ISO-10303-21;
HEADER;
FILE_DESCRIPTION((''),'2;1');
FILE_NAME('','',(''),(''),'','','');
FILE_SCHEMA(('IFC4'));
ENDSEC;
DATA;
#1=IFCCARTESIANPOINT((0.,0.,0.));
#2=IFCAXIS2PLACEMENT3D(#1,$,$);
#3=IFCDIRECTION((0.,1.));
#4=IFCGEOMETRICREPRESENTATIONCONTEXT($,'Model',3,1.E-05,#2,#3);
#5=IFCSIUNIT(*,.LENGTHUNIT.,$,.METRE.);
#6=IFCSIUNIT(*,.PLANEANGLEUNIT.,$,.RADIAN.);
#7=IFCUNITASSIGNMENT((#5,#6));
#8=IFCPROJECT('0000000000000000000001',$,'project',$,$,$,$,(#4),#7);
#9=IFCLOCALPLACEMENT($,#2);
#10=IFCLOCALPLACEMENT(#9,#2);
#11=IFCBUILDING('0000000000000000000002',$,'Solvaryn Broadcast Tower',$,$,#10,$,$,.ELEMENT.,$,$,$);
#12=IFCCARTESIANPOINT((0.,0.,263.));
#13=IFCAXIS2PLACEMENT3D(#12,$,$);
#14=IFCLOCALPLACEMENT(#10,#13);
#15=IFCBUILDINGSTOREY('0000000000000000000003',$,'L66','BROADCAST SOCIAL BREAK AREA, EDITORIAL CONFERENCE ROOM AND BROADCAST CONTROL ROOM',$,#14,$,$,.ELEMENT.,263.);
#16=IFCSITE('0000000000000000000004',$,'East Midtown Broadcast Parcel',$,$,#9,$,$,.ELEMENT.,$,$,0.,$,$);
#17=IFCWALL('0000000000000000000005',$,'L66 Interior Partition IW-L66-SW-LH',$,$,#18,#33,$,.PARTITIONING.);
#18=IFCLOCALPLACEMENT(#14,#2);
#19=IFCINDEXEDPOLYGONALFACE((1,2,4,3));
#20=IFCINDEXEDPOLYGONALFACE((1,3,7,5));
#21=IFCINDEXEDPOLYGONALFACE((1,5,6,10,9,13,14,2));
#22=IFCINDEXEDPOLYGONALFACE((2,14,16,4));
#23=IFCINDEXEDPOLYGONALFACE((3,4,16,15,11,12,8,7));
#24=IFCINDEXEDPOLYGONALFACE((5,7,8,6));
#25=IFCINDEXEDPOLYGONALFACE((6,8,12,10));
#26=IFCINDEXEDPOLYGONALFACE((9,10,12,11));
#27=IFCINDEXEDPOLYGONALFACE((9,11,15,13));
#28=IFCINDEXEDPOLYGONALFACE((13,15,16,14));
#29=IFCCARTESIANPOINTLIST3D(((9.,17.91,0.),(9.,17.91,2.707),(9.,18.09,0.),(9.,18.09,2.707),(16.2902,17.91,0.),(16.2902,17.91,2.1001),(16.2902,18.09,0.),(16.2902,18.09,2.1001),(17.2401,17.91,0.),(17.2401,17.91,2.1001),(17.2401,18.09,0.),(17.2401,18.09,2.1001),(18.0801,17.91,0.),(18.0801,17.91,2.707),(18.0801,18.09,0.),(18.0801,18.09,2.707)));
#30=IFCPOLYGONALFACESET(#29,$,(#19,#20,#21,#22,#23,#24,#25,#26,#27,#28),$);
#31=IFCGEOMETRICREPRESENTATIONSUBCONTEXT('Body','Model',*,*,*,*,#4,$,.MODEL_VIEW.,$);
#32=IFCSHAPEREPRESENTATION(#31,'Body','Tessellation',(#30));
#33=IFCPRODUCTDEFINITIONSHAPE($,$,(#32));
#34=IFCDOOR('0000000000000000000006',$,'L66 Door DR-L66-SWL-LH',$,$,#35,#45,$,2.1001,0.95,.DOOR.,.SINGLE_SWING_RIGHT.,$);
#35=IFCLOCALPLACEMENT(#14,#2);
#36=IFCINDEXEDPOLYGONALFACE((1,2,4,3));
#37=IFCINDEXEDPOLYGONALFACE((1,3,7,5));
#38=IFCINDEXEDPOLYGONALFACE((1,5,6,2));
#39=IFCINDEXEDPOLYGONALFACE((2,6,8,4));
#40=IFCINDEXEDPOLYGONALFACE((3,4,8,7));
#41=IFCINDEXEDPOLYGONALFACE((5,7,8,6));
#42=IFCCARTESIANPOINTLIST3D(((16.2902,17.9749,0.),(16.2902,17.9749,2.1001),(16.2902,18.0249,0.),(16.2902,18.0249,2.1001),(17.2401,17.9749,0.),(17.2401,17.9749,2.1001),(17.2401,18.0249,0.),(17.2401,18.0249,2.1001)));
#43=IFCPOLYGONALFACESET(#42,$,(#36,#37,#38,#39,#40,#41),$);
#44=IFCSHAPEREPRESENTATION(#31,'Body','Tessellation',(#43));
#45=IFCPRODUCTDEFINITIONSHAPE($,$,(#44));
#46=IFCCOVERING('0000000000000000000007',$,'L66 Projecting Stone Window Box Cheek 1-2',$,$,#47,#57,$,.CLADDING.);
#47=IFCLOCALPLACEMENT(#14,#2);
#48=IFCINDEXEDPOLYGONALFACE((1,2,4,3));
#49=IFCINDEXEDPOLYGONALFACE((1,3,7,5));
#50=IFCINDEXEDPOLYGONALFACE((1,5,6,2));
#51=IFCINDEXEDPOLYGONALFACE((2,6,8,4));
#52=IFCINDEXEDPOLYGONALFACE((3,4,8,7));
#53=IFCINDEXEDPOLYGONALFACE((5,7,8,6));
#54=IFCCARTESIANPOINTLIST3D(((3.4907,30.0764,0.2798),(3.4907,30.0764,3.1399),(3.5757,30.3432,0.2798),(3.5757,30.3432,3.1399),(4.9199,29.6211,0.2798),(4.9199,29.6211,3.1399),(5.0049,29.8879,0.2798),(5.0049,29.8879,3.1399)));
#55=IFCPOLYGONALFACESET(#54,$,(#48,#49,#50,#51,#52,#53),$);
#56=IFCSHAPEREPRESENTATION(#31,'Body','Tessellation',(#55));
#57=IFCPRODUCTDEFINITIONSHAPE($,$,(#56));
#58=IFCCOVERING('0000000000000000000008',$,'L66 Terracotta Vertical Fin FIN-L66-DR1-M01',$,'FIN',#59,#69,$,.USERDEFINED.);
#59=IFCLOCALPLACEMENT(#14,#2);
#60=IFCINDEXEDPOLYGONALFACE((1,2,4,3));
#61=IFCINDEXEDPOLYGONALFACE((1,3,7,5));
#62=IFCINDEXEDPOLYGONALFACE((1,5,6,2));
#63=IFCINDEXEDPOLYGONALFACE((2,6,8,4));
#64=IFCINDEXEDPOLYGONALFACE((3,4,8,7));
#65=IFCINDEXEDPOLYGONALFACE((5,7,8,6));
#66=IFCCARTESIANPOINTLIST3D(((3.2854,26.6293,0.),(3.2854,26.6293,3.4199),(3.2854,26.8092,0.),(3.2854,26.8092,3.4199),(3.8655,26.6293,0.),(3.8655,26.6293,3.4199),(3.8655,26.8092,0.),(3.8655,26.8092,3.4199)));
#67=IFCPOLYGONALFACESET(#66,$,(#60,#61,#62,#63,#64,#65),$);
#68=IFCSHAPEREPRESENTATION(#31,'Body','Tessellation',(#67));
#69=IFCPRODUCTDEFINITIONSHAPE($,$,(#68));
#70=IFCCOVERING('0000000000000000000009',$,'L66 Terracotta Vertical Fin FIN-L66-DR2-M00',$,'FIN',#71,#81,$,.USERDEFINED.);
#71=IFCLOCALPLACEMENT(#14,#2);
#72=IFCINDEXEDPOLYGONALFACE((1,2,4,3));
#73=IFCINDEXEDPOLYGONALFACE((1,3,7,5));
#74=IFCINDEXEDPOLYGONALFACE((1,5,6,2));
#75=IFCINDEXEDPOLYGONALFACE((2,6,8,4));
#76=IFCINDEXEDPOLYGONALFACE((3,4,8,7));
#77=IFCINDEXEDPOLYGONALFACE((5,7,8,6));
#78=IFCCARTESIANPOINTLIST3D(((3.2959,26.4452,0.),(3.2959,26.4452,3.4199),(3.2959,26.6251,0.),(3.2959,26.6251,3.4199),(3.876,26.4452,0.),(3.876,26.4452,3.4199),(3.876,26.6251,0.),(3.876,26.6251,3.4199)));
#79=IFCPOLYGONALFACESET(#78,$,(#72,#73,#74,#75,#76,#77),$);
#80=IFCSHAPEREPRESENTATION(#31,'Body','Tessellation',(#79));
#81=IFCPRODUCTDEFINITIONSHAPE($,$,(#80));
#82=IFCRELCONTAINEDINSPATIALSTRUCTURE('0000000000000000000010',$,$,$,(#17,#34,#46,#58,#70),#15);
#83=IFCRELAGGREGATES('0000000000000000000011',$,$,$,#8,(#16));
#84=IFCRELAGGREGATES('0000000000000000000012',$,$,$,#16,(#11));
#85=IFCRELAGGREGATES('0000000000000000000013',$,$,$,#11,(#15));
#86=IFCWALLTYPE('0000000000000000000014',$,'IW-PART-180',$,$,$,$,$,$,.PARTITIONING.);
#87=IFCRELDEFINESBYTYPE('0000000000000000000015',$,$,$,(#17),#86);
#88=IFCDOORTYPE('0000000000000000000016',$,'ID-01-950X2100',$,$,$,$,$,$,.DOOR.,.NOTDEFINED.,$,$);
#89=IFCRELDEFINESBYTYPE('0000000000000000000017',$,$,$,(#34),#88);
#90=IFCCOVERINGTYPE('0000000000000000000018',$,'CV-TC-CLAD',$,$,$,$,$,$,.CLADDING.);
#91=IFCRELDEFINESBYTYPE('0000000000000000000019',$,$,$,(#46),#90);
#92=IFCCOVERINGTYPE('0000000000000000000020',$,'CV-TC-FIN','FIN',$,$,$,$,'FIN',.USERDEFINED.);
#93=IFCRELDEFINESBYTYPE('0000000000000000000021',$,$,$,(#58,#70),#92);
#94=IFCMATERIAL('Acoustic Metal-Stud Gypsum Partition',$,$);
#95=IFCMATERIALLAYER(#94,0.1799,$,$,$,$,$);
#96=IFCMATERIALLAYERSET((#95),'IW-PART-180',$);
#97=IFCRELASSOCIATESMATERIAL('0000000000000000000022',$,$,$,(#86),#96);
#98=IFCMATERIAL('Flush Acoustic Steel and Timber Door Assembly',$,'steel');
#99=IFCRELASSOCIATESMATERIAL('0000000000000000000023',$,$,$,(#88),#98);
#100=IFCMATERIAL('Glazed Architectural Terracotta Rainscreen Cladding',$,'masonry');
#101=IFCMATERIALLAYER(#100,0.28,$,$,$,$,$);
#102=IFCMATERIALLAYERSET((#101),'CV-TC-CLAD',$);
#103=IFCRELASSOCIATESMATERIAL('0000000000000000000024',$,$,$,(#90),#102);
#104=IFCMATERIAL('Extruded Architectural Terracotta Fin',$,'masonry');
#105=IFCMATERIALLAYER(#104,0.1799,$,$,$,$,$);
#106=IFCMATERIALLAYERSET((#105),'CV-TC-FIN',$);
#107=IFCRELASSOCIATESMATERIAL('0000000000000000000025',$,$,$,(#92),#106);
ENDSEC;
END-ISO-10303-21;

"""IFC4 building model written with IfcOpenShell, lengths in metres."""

from ifc_helpers import new_model, si_unit, direction, frame, frame_2d, origin, origin_2d, place, context, subcontext, project, spatial, rectangle, extrude, material, layer, layer_set, type_object, element, fill, save


model = new_model("IFC4")

# Units and contexts
model_context = context("Model", 3, precision=1e-05, world=origin(), true_north=direction((0.0, 1.0)))
body_context = subcontext(model_context, "Body", "Model", "MODEL_VIEW")
ifc_project = project(units=[si_unit("LENGTHUNIT", "METRE"), si_unit("PLANEANGLEUNIT", "RADIAN")], contexts=[model_context])

# Site, building, storey
site_placement = place(None, origin())
site = spatial("IfcSite", under=ifc_project, at=site_placement, Name="East Midtown Broadcast Parcel", CompositionType="ELEMENT", RefElevation=0.0)
building_placement = place(site_placement, origin())
building = spatial("IfcBuilding", under=site, at=building_placement, Name="Solvaryn Broadcast Tower", CompositionType="ELEMENT")
storey_placement = place(building_placement, frame((0.0, 0.0, 263.0)))
storey = spatial("IfcBuildingStorey", under=building, at=storey_placement, Name="L66", Description="BROADCAST SOCIAL BREAK AREA, EDITORIAL CONFERENCE ROOM AND BROADCAST CONTROL ROOM", CompositionType="ELEMENT", Elevation=263.0)

# Wall, opening, door
ifc_material_1 = material(Name="Acoustic Metal-Stud Gypsum Partition")
ifc_layer_1 = layer(ifc_material_1, 0.1799)
ifc_layer_set_1 = layer_set([ifc_layer_1], Name="IW-PART-180")
wall_type = type_object("IfcWallType", Name="IW-PART-180", PredefinedType="PARTITIONING", material=ifc_layer_set_1)
wall_placement = place(storey_placement, frame((9.0, 18.0, 0.0), z_axis=(0.0, 0.0, 1.0), x_axis=(1.0, 0.0, 0.0)))
wall = element("IfcWall", 1, at=wall_placement, inside=storey, type_object=wall_type, Name="L66 Interior Partition IW-L66-SW-LH", PredefinedType="PARTITIONING", context=body_context, shape_type="SweptSolid", body=[
    extrude(rectangle(XDim=9.0801, YDim=0.1799, at=frame_2d((4.54, 0.0))), origin(), (0.0, 0.0, 1.0), 2.707),
])
opening_placement = place(wall_placement, frame((7.29, 0.0, 0.0)))
opening = element("IfcOpeningElement", 2, at=opening_placement, cuts=wall, PredefinedType="OPENING", context=body_context, shape_type="SweptSolid", body=[
    extrude(rectangle(XDim=0.95, YDim=2.1001, at=frame_2d((0.4751, 1.05))), frame((0.0, 0.0999, 0.0), z_axis=(0.0, -1.0, 0.0), x_axis=(1.0, 0.0, 0.0)), (0.0, 0.0, 1.0), 0.2),
])
ifc_material_2 = material(Name="Flush Acoustic Steel and Timber Door Assembly", Category="steel")
door_type = type_object("IfcDoorType", Name="ID-01-950X2100", OperationType="NOTDEFINED", PredefinedType="DOOR", material=ifc_material_2)
door_placement = place(opening_placement, origin())
door = element("IfcDoor", 3, at=door_placement, inside=storey, type_object=door_type, Name="L66 Door DR-L66-SWL-LH", OperationType="SINGLE_SWING_RIGHT", OverallHeight=2.1001, OverallWidth=0.95, PredefinedType="DOOR", context=body_context, shape_type="SweptSolid", body=[
    extrude(rectangle(XDim=0.95, YDim=2.1001, at=frame_2d((0.4751, 1.05))), frame((0.0, 0.0249, 0.0), z_axis=(0.0, -1.0, 0.0), x_axis=(1.0, 0.0, 0.0)), (0.0, 0.0, 1.0), 0.05),
])
fill(opening, door)

# Coverings
ifc_material_3 = material(Name="Glazed Architectural Terracotta Rainscreen Cladding", Category="masonry")
ifc_layer_2 = layer(ifc_material_3, 0.28)
ifc_layer_set_2 = layer_set([ifc_layer_2], Name="CV-TC-CLAD")
covering_type_1 = type_object("IfcCoveringType", Name="CV-TC-CLAD", PredefinedType="CLADDING", material=ifc_layer_set_2)
covering_placement = place(storey_placement, frame((4.2478, 29.9822, 0.2798), z_axis=(0.0, 0.0, 1.0), x_axis=(-0.303534, -0.952821, 0.0)))
element("IfcCovering", 4, at=covering_placement, inside=storey, type_object=covering_type_1, Name="L66 Projecting Stone Window Box Cheek 1-2", PredefinedType="CLADDING", context=body_context, shape_type="SweptSolid", body=[
    extrude(rectangle(XDim=0.28, YDim=1.5, at=origin_2d()), origin(), (0.0, 0.0, 1.0), 2.8601),
])
ifc_material_4 = material(Name="Extruded Architectural Terracotta Fin", Category="masonry")
ifc_layer_3 = layer(ifc_material_4, 0.1799)
ifc_layer_set_3 = layer_set([ifc_layer_3], Name="CV-TC-FIN")
covering_type_2 = type_object("IfcCoveringType", Name="CV-TC-FIN", Description="FIN", ElementType="FIN", PredefinedType="USERDEFINED", material=ifc_layer_set_3)
for number, where, z_axis, x_axis, name in (
    (5, (3.5754, 26.7192, 0.0), (0.0, 0.0, 1.0), (1.0, 0.0, 0.0), "L66 Terracotta Vertical Fin FIN-L66-DR1-M01"),
    (6, (3.5859, 26.5352, 0.0), (0.0, 0.0, 1.0), (1.0, 0.0, 0.0), "L66 Terracotta Vertical Fin FIN-L66-DR2-M00"),
):
    element("IfcCovering", number, at=place(storey_placement, frame(where, z_axis=z_axis, x_axis=x_axis)), inside=storey, type_object=covering_type_2, Name=name, ObjectType="FIN", PredefinedType="USERDEFINED", context=body_context, shape_type="SweptSolid", body=[
        extrude(rectangle(XDim=0.5801, YDim=0.1799, at=origin_2d()), origin(), (0.0, 0.0, 1.0), 3.4199),
    ])

save(model, "model.ifc")
